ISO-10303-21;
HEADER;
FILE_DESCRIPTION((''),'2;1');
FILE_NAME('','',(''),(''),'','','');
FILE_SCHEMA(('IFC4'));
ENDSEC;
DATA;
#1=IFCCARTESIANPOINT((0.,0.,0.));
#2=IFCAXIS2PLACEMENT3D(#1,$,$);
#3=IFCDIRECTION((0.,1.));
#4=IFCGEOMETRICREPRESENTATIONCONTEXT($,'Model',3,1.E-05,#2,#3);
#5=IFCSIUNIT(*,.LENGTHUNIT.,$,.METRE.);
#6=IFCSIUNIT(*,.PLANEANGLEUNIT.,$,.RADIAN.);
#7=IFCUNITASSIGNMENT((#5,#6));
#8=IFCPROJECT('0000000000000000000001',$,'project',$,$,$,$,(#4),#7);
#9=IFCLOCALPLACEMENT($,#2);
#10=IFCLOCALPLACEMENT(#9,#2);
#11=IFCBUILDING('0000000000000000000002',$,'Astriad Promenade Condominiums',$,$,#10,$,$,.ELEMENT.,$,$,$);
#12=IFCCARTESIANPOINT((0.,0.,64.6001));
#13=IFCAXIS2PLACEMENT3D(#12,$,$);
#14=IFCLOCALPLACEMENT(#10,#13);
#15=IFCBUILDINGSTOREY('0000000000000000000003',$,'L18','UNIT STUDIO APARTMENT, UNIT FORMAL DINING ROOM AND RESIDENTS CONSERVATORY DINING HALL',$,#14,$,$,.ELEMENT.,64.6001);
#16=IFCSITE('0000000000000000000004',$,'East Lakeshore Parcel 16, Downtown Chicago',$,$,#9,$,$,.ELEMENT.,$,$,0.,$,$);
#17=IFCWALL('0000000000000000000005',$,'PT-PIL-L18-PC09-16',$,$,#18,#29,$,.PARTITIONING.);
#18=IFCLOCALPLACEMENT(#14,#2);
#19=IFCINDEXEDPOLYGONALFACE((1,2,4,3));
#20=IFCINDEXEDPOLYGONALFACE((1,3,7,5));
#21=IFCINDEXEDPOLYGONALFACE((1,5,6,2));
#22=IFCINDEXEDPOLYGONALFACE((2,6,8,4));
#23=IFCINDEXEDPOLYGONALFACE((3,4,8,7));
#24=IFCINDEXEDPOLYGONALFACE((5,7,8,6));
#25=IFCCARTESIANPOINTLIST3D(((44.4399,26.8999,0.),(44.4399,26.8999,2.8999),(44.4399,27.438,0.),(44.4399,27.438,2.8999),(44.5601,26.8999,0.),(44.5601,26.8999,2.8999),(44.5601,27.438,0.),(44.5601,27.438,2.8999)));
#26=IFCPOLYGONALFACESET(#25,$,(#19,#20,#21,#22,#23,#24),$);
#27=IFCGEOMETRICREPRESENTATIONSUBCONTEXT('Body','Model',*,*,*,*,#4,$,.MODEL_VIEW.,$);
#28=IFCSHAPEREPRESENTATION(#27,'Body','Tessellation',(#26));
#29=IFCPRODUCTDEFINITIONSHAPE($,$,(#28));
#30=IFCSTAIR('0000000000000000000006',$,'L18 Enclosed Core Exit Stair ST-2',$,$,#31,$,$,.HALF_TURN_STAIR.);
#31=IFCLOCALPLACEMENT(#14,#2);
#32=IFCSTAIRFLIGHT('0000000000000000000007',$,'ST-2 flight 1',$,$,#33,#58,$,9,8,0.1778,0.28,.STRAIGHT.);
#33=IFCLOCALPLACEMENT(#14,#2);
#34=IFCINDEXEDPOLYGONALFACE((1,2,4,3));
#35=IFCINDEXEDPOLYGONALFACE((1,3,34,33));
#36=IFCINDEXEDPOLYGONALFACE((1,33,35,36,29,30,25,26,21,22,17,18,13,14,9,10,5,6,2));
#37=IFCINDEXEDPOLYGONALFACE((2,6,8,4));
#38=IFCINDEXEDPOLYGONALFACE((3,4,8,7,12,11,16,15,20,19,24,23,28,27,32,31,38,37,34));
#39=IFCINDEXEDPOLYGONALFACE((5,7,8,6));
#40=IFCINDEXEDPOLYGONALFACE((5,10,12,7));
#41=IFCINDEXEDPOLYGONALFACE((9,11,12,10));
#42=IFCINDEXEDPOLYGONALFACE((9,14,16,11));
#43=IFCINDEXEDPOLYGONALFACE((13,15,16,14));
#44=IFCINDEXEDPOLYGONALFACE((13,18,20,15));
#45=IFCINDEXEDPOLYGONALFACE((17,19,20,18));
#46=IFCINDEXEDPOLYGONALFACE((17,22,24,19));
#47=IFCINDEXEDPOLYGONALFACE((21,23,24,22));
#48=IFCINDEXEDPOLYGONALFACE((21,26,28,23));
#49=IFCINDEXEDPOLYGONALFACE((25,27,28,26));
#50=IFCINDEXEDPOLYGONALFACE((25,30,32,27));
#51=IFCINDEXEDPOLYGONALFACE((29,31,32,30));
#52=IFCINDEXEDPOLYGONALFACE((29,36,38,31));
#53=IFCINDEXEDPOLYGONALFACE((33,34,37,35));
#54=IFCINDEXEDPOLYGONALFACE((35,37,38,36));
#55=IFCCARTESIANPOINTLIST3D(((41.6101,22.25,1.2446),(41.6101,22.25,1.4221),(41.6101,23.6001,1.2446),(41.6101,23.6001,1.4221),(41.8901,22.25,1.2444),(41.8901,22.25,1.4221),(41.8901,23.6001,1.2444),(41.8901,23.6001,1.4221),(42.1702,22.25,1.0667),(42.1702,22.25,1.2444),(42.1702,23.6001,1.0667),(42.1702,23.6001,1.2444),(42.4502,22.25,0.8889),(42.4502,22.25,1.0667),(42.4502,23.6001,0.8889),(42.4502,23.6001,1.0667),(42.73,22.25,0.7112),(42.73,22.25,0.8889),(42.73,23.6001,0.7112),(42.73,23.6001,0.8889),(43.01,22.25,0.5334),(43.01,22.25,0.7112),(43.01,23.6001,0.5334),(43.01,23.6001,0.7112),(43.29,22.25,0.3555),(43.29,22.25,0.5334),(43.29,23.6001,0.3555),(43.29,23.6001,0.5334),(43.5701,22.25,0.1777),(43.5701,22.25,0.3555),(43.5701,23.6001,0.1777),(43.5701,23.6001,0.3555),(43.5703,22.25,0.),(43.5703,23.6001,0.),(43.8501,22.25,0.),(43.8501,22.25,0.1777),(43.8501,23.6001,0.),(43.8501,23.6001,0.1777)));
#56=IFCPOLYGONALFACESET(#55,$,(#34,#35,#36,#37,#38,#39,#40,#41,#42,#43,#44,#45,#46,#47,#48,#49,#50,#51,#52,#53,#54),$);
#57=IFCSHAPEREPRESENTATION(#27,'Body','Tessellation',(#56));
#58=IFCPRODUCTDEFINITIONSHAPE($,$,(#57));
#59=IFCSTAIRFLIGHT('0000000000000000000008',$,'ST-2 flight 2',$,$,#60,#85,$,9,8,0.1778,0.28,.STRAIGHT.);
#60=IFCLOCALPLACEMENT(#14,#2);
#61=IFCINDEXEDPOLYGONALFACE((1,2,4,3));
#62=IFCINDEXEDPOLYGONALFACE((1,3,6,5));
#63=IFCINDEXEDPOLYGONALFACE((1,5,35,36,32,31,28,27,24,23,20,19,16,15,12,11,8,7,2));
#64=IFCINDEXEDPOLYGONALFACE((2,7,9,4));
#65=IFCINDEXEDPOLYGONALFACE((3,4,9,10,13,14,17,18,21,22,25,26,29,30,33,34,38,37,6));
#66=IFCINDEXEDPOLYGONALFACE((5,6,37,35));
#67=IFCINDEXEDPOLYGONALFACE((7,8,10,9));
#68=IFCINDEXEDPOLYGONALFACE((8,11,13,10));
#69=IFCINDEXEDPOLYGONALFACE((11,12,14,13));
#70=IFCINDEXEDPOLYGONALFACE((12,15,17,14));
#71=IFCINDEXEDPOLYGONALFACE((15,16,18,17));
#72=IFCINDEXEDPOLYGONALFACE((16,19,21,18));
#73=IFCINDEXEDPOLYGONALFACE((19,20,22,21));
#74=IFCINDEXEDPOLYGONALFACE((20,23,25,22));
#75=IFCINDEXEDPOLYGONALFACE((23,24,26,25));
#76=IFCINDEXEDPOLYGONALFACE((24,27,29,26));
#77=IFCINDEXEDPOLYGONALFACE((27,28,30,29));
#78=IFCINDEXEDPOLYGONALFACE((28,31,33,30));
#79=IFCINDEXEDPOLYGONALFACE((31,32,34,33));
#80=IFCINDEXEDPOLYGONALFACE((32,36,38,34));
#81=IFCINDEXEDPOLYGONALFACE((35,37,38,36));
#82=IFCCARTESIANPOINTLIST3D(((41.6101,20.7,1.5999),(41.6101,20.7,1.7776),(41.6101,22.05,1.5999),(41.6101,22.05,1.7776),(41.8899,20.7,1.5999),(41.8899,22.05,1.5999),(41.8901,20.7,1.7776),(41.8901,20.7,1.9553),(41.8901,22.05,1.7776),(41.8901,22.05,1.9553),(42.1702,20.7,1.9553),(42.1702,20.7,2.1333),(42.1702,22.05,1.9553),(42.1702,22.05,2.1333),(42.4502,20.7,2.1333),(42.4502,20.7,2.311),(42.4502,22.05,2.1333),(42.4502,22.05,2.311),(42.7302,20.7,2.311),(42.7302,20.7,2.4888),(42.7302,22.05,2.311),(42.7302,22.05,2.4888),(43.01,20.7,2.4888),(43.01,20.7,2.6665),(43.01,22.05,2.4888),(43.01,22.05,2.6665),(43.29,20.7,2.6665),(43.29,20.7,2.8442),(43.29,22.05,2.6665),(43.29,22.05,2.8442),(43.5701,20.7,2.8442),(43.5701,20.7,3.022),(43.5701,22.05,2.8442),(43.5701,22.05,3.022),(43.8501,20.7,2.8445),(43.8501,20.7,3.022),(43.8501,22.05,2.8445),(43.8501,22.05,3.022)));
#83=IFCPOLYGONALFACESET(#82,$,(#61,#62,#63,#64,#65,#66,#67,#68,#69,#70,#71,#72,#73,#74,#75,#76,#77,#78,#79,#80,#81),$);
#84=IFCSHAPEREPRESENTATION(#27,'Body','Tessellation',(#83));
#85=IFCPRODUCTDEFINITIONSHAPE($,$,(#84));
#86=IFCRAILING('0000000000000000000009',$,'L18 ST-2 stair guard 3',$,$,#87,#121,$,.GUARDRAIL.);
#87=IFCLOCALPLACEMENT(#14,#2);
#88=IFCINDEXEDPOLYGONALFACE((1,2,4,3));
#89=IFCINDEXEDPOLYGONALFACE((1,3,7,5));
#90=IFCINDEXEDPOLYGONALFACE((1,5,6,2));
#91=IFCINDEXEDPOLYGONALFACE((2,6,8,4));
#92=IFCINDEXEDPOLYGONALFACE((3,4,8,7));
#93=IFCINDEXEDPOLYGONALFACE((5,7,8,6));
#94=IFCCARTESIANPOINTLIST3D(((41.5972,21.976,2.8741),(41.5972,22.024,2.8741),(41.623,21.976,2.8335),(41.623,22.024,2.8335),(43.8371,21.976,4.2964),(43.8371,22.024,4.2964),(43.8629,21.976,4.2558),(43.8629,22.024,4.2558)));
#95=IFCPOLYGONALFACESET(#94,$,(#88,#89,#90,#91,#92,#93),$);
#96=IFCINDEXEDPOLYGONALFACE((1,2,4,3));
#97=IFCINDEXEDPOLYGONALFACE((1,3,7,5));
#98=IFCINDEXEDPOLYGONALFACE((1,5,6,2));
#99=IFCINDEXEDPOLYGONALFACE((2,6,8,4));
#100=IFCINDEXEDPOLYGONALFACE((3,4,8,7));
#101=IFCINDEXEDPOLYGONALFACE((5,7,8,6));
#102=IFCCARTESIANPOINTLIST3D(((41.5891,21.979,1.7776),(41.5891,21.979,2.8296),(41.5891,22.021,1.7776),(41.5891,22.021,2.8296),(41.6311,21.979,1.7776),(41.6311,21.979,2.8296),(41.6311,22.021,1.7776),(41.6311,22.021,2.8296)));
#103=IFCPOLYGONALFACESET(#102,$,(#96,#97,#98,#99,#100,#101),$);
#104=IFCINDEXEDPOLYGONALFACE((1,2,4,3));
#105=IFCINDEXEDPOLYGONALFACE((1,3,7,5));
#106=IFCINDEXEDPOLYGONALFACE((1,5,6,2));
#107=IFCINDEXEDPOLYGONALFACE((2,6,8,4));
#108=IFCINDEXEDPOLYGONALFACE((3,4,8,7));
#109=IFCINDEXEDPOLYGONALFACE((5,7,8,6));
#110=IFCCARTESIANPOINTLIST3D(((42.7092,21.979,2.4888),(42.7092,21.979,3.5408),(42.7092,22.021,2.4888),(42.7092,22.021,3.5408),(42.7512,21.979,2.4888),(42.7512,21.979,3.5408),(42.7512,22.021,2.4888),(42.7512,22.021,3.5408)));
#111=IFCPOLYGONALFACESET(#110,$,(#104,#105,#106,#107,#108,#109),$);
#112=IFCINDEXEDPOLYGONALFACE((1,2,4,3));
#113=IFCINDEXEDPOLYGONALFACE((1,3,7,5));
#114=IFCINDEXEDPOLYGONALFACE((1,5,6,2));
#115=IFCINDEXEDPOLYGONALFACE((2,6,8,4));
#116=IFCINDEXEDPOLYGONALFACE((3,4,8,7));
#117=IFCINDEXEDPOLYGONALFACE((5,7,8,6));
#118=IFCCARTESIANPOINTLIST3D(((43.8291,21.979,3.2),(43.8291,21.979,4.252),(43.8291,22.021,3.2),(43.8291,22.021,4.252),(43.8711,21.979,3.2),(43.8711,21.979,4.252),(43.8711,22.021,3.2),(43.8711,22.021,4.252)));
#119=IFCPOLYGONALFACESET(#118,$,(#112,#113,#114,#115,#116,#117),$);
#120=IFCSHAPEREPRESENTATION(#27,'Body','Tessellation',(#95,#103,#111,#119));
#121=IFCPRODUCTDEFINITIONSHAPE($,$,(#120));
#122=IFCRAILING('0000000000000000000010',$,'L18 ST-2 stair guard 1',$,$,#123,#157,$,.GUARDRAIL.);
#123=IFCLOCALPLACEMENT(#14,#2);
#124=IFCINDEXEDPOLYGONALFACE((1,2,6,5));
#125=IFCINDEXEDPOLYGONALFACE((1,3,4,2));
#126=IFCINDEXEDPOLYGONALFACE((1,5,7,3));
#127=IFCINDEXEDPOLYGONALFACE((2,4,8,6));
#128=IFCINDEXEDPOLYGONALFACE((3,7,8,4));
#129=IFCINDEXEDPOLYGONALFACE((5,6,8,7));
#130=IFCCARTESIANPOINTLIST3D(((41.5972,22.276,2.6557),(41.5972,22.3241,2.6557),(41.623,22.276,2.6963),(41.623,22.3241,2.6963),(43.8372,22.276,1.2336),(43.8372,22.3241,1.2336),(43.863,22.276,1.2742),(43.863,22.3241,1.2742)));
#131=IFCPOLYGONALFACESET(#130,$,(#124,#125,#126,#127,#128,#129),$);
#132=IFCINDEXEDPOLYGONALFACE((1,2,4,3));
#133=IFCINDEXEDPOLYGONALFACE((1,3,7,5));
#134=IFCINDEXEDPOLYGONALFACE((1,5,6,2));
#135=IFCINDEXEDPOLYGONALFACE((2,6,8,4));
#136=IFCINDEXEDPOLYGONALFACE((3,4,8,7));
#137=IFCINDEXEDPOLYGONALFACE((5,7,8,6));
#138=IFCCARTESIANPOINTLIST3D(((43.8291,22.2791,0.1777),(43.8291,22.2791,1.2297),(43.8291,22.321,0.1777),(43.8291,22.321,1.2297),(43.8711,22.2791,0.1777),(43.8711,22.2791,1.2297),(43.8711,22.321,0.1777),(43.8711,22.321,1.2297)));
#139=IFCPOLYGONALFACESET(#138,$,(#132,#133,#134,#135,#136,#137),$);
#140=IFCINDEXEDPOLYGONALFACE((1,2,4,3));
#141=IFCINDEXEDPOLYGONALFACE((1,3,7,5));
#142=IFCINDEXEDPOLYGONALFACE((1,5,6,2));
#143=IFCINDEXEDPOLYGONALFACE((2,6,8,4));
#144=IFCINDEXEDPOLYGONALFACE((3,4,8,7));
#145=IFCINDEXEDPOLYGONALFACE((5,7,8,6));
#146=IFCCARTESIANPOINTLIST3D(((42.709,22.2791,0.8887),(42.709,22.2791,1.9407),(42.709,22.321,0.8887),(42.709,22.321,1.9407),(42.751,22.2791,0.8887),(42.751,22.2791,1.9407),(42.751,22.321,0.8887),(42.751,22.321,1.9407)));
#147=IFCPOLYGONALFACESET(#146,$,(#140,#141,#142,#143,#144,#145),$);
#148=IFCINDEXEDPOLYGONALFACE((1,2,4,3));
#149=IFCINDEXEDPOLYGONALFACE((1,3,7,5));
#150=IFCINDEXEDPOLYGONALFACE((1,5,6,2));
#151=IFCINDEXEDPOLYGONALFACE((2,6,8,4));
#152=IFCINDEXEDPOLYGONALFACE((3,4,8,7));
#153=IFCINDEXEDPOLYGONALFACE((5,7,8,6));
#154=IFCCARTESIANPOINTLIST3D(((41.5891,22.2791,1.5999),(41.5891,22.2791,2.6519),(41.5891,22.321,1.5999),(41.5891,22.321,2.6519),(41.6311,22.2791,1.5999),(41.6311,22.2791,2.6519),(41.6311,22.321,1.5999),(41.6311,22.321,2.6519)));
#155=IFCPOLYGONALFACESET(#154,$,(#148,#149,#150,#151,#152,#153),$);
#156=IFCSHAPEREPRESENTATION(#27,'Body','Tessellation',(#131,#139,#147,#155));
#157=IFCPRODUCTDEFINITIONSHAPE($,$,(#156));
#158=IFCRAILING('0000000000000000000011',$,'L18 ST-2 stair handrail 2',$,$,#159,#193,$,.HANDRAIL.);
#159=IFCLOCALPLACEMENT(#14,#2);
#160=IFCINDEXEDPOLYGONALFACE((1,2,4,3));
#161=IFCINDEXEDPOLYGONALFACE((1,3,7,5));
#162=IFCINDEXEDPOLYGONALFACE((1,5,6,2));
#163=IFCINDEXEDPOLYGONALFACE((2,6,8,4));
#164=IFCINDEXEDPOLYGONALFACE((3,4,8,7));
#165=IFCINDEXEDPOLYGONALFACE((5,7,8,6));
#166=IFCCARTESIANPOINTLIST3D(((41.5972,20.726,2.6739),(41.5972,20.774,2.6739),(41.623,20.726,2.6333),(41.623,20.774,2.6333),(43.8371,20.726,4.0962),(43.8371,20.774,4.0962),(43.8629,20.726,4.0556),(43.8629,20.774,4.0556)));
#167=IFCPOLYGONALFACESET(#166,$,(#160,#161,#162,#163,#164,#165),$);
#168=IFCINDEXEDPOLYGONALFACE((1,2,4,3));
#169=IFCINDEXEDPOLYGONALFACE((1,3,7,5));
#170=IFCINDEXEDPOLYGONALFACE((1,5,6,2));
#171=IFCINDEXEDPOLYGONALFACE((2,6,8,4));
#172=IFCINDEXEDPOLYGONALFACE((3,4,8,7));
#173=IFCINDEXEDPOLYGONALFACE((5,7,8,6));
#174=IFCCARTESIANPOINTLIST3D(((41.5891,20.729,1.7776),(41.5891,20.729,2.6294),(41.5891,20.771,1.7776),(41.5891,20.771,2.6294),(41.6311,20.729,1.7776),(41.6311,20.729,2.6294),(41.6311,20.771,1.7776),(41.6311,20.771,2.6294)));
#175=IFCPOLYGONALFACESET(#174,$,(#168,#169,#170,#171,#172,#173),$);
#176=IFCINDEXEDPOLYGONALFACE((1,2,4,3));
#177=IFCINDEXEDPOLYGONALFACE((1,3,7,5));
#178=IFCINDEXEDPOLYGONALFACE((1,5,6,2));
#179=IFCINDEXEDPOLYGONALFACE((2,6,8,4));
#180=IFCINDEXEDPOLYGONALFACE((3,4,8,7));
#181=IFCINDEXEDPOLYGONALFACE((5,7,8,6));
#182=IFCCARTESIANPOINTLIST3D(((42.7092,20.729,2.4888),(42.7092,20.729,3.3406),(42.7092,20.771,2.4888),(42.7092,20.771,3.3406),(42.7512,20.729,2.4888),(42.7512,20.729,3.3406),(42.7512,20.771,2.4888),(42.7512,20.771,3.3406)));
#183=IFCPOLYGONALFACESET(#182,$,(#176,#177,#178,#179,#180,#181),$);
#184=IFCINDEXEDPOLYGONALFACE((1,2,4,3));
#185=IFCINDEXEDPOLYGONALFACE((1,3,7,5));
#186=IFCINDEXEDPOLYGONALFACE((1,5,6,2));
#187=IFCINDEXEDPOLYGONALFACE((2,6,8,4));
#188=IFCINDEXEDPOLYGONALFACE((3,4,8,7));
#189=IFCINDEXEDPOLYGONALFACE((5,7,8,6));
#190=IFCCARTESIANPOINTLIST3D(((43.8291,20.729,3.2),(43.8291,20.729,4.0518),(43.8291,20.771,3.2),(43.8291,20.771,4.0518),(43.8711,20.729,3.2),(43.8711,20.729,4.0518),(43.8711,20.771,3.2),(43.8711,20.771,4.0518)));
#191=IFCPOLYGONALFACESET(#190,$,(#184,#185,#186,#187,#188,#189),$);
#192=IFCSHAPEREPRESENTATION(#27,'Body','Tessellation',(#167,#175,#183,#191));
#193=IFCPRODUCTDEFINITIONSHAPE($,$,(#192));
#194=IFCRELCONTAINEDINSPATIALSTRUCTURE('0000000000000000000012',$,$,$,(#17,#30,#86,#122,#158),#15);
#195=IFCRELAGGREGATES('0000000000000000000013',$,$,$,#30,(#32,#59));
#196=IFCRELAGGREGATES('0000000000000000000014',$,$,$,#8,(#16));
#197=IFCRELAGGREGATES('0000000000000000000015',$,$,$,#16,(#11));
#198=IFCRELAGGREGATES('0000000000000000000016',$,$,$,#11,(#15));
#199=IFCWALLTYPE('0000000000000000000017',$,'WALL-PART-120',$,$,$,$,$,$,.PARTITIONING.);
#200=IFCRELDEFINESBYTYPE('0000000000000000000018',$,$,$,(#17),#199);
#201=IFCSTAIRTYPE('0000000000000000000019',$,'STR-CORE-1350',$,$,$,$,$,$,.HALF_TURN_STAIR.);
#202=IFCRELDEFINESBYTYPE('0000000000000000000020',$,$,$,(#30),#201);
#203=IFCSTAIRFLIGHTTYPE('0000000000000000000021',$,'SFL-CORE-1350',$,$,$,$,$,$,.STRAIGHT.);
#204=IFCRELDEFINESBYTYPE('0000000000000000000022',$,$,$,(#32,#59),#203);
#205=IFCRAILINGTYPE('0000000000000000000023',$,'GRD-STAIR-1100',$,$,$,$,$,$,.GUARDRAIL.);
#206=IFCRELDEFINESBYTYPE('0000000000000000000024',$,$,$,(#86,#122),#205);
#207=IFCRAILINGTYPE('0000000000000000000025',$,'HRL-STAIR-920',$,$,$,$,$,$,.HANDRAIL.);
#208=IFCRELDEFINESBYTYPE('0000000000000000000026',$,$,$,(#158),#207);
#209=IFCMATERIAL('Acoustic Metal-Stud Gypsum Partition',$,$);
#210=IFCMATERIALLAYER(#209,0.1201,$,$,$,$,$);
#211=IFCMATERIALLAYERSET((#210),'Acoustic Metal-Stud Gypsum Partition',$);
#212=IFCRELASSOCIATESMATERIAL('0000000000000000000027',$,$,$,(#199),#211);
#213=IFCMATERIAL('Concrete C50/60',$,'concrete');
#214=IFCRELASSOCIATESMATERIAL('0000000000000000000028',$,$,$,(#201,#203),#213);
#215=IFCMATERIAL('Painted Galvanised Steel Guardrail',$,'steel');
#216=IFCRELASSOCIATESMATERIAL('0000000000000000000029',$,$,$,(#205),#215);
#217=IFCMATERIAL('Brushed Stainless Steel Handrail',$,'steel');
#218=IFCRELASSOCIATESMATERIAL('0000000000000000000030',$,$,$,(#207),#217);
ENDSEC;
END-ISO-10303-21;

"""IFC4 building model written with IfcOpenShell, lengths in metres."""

from ifc_helpers import new_model, si_unit, direction, frame, frame_2d, origin, origin_2d, place, context, subcontext, project, spatial, polyline, rectangle, outline, extrude, source, transform, mapped, material, layer, layer_set, type_object, type_shapes, element, aggregate, save


model = new_model("IFC4")

# Units and contexts
model_context = context("Model", 3, precision=1e-05, world=origin(), true_north=direction((0.0, 1.0)))
body_context = subcontext(model_context, "Body", "Model", "MODEL_VIEW")
ifc_project = project(units=[si_unit("LENGTHUNIT", "METRE"), si_unit("PLANEANGLEUNIT", "RADIAN")], contexts=[model_context])

# Site, building, storey
site_placement = place(None, origin())
site = spatial("IfcSite", under=ifc_project, at=site_placement, Name="East Lakeshore Parcel 16, Downtown Chicago", CompositionType="ELEMENT", RefElevation=0.0)
building_placement = place(site_placement, origin())
building = spatial("IfcBuilding", under=site, at=building_placement, Name="Astriad Promenade Condominiums", CompositionType="ELEMENT")
storey_placement = place(building_placement, frame((0.0, 0.0, 64.6001)))
storey = spatial("IfcBuildingStorey", under=building, at=storey_placement, Name="L18", Description="UNIT STUDIO APARTMENT, UNIT FORMAL DINING ROOM AND RESIDENTS CONSERVATORY DINING HALL", CompositionType="ELEMENT", Elevation=64.6001)

# Shared definitions
ifc_material_1 = material(Name="Concrete C50/60", Category="concrete")

# Wall
ifc_material_2 = material(Name="Acoustic Metal-Stud Gypsum Partition")
ifc_layer_1 = layer(ifc_material_2, 0.1201)
ifc_layer_set_1 = layer_set([ifc_layer_1], Name="Acoustic Metal-Stud Gypsum Partition")
wall_type_1 = type_object("IfcWallType", Name="WALL-PART-120", PredefinedType="PARTITIONING", material=ifc_layer_set_1)
wall_1_placement = place(storey_placement, frame((44.5, 26.8999, 0.0), z_axis=(0.0, 0.0, 1.0), x_axis=(0.0, 1.0, 0.0)))
element("IfcWall", 1, at=wall_1_placement, inside=storey, type_object=wall_type_1, Name="PT-PIL-L18-PC09-16", PredefinedType="PARTITIONING", context=body_context, shape_type="SweptSolid", body=[
    extrude(rectangle(XDim=0.5381, YDim=0.1201, at=frame_2d((0.269, 0.0))), origin(), (0.0, 0.0, 1.0), 2.8999),
])

# Stair, stair flights
stair_type = type_object("IfcStairType", Name="STR-CORE-1350", PredefinedType="HALF_TURN_STAIR", material=ifc_material_1)
stair_placement = place(storey_placement, origin())
stair = element("IfcStair", 2, at=stair_placement, inside=storey, type_object=stair_type, Name="L18 Enclosed Core Exit Stair ST-2", PredefinedType="HALF_TURN_STAIR")
stair_flight_type = type_object("IfcStairFlightType", Name="SFL-CORE-1350", PredefinedType="STRAIGHT", material=ifc_material_1)
shared_shape_1 = source(origin(), body_context, "Body", "SweptSolid", [
    extrude(outline(polyline([(0.0, 0.0), (0.0, 0.1777), (0.28, 0.1777), (0.28, 0.3555), (0.5601, 0.3555), (0.5601, 0.5334), (0.8401, 0.5334), (0.8401, 0.7112), (1.1201, 0.7112), (1.1201, 0.8889), (1.3999, 0.8889), (1.3999, 1.0667), (1.6799, 1.0667), (1.6799, 1.2444), (1.96, 1.2444), (1.96, 1.4221), (2.24, 1.4221), (2.24, 1.6001), (2.24, 1.2446), (0.2798, 0.0), (0.0, 0.0)])), frame((0.0, 0.675, 0.0), z_axis=(0.0, -1.0, 0.0), x_axis=(1.0, 0.0, 0.0)), (0.0, 0.0, 1.0), 1.3501),
])
type_shapes(stair_flight_type, [shared_shape_1])
stair_flight_1_placement = place(storey_placement, frame((43.8501, 22.925, 0.0), z_axis=(0.0, 0.0, 1.0), x_axis=(-1.0, 0.0, 0.0)))
stair_flight_1 = element("IfcStairFlight", 3, at=stair_flight_1_placement, type_object=stair_flight_type, Name="ST-2 flight 1", NumberOfRisers=9, NumberOfTreads=8, PredefinedType="STRAIGHT", RiserHeight=0.1778, TreadLength=0.28, context=body_context, shape_type="MappedRepresentation", body=[
    mapped(shared_shape_1, transform((0.0, 0.0, 0.0), scale=1.0)),
])
stair_flight_2_placement = place(storey_placement, frame((41.6101, 21.375, 1.5999), z_axis=(0.0, 0.0, 1.0), x_axis=(1.0, 0.0, 0.0)))
stair_flight_2 = element("IfcStairFlight", 4, at=stair_flight_2_placement, type_object=stair_flight_type, Name="ST-2 flight 2", NumberOfRisers=9, NumberOfTreads=8, PredefinedType="STRAIGHT", RiserHeight=0.1778, TreadLength=0.28, context=body_context, shape_type="MappedRepresentation", body=[
    mapped(shared_shape_1, transform((0.0, 0.0, 0.0), scale=1.0)),
])
aggregate(stair, [stair_flight_1, stair_flight_2])

# Railings
ifc_material_3 = material(Name="Painted Galvanised Steel Guardrail", Category="steel")
railing_type_1 = type_object("IfcRailingType", Name="GRD-STAIR-1100", PredefinedType="GUARDRAIL", material=ifc_material_3)
shared_shape_2 = source(origin(), body_context, "Body", "SweptSolid", [
    extrude(rectangle(XDim=0.0481, YDim=0.0481, at=origin_2d()), frame((0.0, 0.0, 1.0762), z_axis=(0.844188, 0.0, 0.536048), x_axis=(0.0, 1.0, 0.0)), (0.0, 0.0, 1.0), 2.6533),
    extrude(rectangle(XDim=0.042, YDim=0.042, at=origin_2d()), origin(), (0.0, 0.0, 1.0), 1.052),
    extrude(rectangle(XDim=0.042, YDim=0.042, at=origin_2d()), frame((1.1201, 0.0, 0.7112)), (0.0, 0.0, 1.0), 1.052),
    extrude(rectangle(XDim=0.042, YDim=0.042, at=origin_2d()), frame((2.24, 0.0, 1.4224)), (0.0, 0.0, 1.0), 1.052),
])
railing_1_placement = place(storey_placement, frame((41.6101, 22.0, 1.7776)))
element("IfcRailing", 5, at=railing_1_placement, inside=storey, type_object=railing_type_1, Name="L18 ST-2 stair guard 3", PredefinedType="GUARDRAIL", context=body_context, shape_type="MappedRepresentation", body=[
    mapped(shared_shape_2, transform((0.0, 0.0, 0.0), scale=1.0)),
])
shared_shape_3 = source(origin(), body_context, "Body", "SweptSolid", [
    extrude(rectangle(XDim=0.0481, YDim=0.0481, at=origin_2d()), frame((0.0, 0.0, 1.0762), z_axis=(-0.844229, 0.0, 0.535982), x_axis=(0.0, -1.0, 0.0)), (0.0, 0.0, 1.0), 2.6533),
    extrude(rectangle(XDim=0.042, YDim=0.042, at=origin_2d()), origin(), (0.0, 0.0, 1.0), 1.052),
    extrude(rectangle(XDim=0.042, YDim=0.042, at=origin_2d()), frame((-1.1201, 0.0, 0.7109)), (0.0, 0.0, 1.0), 1.052),
    extrude(rectangle(XDim=0.042, YDim=0.042, at=origin_2d()), frame((-2.24, 0.0, 1.4221)), (0.0, 0.0, 1.0), 1.052),
])
railing_2_placement = place(storey_placement, frame((43.8501, 22.3, 0.1777)))
element("IfcRailing", 6, at=railing_2_placement, inside=storey, type_object=railing_type_1, Name="L18 ST-2 stair guard 1", PredefinedType="GUARDRAIL", context=body_context, shape_type="MappedRepresentation", body=[
    mapped(shared_shape_3, transform((0.0, 0.0, 0.0), scale=1.0)),
])
ifc_material_4 = material(Name="Brushed Stainless Steel Handrail", Category="steel")
railing_type_2 = type_object("IfcRailingType", Name="HRL-STAIR-920", PredefinedType="HANDRAIL", material=ifc_material_4)
shared_shape_4 = source(origin(), body_context, "Body", "SweptSolid", [
    extrude(rectangle(XDim=0.0481, YDim=0.0481, at=origin_2d()), frame((0.0, 0.0, 0.876), z_axis=(0.844188, 0.0, 0.536048), x_axis=(0.0, 1.0, 0.0)), (0.0, 0.0, 1.0), 2.6533),
    extrude(rectangle(XDim=0.042, YDim=0.042, at=origin_2d()), origin(), (0.0, 0.0, 1.0), 0.8518),
    extrude(rectangle(XDim=0.042, YDim=0.042, at=origin_2d()), frame((1.1201, 0.0, 0.7112)), (0.0, 0.0, 1.0), 0.8518),
    extrude(rectangle(XDim=0.042, YDim=0.042, at=origin_2d()), frame((2.24, 0.0, 1.4224)), (0.0, 0.0, 1.0), 0.8518),
])
railing_3_placement = place(storey_placement, frame((41.6101, 20.75, 1.7776)))
element("IfcRailing", 7, at=railing_3_placement, inside=storey, type_object=railing_type_2, Name="L18 ST-2 stair handrail 2", PredefinedType="HANDRAIL", context=body_context, shape_type="MappedRepresentation", body=[
    mapped(shared_shape_4, transform((0.0, 0.0, 0.0), scale=1.0)),
])

save(model, "model.ifc")
